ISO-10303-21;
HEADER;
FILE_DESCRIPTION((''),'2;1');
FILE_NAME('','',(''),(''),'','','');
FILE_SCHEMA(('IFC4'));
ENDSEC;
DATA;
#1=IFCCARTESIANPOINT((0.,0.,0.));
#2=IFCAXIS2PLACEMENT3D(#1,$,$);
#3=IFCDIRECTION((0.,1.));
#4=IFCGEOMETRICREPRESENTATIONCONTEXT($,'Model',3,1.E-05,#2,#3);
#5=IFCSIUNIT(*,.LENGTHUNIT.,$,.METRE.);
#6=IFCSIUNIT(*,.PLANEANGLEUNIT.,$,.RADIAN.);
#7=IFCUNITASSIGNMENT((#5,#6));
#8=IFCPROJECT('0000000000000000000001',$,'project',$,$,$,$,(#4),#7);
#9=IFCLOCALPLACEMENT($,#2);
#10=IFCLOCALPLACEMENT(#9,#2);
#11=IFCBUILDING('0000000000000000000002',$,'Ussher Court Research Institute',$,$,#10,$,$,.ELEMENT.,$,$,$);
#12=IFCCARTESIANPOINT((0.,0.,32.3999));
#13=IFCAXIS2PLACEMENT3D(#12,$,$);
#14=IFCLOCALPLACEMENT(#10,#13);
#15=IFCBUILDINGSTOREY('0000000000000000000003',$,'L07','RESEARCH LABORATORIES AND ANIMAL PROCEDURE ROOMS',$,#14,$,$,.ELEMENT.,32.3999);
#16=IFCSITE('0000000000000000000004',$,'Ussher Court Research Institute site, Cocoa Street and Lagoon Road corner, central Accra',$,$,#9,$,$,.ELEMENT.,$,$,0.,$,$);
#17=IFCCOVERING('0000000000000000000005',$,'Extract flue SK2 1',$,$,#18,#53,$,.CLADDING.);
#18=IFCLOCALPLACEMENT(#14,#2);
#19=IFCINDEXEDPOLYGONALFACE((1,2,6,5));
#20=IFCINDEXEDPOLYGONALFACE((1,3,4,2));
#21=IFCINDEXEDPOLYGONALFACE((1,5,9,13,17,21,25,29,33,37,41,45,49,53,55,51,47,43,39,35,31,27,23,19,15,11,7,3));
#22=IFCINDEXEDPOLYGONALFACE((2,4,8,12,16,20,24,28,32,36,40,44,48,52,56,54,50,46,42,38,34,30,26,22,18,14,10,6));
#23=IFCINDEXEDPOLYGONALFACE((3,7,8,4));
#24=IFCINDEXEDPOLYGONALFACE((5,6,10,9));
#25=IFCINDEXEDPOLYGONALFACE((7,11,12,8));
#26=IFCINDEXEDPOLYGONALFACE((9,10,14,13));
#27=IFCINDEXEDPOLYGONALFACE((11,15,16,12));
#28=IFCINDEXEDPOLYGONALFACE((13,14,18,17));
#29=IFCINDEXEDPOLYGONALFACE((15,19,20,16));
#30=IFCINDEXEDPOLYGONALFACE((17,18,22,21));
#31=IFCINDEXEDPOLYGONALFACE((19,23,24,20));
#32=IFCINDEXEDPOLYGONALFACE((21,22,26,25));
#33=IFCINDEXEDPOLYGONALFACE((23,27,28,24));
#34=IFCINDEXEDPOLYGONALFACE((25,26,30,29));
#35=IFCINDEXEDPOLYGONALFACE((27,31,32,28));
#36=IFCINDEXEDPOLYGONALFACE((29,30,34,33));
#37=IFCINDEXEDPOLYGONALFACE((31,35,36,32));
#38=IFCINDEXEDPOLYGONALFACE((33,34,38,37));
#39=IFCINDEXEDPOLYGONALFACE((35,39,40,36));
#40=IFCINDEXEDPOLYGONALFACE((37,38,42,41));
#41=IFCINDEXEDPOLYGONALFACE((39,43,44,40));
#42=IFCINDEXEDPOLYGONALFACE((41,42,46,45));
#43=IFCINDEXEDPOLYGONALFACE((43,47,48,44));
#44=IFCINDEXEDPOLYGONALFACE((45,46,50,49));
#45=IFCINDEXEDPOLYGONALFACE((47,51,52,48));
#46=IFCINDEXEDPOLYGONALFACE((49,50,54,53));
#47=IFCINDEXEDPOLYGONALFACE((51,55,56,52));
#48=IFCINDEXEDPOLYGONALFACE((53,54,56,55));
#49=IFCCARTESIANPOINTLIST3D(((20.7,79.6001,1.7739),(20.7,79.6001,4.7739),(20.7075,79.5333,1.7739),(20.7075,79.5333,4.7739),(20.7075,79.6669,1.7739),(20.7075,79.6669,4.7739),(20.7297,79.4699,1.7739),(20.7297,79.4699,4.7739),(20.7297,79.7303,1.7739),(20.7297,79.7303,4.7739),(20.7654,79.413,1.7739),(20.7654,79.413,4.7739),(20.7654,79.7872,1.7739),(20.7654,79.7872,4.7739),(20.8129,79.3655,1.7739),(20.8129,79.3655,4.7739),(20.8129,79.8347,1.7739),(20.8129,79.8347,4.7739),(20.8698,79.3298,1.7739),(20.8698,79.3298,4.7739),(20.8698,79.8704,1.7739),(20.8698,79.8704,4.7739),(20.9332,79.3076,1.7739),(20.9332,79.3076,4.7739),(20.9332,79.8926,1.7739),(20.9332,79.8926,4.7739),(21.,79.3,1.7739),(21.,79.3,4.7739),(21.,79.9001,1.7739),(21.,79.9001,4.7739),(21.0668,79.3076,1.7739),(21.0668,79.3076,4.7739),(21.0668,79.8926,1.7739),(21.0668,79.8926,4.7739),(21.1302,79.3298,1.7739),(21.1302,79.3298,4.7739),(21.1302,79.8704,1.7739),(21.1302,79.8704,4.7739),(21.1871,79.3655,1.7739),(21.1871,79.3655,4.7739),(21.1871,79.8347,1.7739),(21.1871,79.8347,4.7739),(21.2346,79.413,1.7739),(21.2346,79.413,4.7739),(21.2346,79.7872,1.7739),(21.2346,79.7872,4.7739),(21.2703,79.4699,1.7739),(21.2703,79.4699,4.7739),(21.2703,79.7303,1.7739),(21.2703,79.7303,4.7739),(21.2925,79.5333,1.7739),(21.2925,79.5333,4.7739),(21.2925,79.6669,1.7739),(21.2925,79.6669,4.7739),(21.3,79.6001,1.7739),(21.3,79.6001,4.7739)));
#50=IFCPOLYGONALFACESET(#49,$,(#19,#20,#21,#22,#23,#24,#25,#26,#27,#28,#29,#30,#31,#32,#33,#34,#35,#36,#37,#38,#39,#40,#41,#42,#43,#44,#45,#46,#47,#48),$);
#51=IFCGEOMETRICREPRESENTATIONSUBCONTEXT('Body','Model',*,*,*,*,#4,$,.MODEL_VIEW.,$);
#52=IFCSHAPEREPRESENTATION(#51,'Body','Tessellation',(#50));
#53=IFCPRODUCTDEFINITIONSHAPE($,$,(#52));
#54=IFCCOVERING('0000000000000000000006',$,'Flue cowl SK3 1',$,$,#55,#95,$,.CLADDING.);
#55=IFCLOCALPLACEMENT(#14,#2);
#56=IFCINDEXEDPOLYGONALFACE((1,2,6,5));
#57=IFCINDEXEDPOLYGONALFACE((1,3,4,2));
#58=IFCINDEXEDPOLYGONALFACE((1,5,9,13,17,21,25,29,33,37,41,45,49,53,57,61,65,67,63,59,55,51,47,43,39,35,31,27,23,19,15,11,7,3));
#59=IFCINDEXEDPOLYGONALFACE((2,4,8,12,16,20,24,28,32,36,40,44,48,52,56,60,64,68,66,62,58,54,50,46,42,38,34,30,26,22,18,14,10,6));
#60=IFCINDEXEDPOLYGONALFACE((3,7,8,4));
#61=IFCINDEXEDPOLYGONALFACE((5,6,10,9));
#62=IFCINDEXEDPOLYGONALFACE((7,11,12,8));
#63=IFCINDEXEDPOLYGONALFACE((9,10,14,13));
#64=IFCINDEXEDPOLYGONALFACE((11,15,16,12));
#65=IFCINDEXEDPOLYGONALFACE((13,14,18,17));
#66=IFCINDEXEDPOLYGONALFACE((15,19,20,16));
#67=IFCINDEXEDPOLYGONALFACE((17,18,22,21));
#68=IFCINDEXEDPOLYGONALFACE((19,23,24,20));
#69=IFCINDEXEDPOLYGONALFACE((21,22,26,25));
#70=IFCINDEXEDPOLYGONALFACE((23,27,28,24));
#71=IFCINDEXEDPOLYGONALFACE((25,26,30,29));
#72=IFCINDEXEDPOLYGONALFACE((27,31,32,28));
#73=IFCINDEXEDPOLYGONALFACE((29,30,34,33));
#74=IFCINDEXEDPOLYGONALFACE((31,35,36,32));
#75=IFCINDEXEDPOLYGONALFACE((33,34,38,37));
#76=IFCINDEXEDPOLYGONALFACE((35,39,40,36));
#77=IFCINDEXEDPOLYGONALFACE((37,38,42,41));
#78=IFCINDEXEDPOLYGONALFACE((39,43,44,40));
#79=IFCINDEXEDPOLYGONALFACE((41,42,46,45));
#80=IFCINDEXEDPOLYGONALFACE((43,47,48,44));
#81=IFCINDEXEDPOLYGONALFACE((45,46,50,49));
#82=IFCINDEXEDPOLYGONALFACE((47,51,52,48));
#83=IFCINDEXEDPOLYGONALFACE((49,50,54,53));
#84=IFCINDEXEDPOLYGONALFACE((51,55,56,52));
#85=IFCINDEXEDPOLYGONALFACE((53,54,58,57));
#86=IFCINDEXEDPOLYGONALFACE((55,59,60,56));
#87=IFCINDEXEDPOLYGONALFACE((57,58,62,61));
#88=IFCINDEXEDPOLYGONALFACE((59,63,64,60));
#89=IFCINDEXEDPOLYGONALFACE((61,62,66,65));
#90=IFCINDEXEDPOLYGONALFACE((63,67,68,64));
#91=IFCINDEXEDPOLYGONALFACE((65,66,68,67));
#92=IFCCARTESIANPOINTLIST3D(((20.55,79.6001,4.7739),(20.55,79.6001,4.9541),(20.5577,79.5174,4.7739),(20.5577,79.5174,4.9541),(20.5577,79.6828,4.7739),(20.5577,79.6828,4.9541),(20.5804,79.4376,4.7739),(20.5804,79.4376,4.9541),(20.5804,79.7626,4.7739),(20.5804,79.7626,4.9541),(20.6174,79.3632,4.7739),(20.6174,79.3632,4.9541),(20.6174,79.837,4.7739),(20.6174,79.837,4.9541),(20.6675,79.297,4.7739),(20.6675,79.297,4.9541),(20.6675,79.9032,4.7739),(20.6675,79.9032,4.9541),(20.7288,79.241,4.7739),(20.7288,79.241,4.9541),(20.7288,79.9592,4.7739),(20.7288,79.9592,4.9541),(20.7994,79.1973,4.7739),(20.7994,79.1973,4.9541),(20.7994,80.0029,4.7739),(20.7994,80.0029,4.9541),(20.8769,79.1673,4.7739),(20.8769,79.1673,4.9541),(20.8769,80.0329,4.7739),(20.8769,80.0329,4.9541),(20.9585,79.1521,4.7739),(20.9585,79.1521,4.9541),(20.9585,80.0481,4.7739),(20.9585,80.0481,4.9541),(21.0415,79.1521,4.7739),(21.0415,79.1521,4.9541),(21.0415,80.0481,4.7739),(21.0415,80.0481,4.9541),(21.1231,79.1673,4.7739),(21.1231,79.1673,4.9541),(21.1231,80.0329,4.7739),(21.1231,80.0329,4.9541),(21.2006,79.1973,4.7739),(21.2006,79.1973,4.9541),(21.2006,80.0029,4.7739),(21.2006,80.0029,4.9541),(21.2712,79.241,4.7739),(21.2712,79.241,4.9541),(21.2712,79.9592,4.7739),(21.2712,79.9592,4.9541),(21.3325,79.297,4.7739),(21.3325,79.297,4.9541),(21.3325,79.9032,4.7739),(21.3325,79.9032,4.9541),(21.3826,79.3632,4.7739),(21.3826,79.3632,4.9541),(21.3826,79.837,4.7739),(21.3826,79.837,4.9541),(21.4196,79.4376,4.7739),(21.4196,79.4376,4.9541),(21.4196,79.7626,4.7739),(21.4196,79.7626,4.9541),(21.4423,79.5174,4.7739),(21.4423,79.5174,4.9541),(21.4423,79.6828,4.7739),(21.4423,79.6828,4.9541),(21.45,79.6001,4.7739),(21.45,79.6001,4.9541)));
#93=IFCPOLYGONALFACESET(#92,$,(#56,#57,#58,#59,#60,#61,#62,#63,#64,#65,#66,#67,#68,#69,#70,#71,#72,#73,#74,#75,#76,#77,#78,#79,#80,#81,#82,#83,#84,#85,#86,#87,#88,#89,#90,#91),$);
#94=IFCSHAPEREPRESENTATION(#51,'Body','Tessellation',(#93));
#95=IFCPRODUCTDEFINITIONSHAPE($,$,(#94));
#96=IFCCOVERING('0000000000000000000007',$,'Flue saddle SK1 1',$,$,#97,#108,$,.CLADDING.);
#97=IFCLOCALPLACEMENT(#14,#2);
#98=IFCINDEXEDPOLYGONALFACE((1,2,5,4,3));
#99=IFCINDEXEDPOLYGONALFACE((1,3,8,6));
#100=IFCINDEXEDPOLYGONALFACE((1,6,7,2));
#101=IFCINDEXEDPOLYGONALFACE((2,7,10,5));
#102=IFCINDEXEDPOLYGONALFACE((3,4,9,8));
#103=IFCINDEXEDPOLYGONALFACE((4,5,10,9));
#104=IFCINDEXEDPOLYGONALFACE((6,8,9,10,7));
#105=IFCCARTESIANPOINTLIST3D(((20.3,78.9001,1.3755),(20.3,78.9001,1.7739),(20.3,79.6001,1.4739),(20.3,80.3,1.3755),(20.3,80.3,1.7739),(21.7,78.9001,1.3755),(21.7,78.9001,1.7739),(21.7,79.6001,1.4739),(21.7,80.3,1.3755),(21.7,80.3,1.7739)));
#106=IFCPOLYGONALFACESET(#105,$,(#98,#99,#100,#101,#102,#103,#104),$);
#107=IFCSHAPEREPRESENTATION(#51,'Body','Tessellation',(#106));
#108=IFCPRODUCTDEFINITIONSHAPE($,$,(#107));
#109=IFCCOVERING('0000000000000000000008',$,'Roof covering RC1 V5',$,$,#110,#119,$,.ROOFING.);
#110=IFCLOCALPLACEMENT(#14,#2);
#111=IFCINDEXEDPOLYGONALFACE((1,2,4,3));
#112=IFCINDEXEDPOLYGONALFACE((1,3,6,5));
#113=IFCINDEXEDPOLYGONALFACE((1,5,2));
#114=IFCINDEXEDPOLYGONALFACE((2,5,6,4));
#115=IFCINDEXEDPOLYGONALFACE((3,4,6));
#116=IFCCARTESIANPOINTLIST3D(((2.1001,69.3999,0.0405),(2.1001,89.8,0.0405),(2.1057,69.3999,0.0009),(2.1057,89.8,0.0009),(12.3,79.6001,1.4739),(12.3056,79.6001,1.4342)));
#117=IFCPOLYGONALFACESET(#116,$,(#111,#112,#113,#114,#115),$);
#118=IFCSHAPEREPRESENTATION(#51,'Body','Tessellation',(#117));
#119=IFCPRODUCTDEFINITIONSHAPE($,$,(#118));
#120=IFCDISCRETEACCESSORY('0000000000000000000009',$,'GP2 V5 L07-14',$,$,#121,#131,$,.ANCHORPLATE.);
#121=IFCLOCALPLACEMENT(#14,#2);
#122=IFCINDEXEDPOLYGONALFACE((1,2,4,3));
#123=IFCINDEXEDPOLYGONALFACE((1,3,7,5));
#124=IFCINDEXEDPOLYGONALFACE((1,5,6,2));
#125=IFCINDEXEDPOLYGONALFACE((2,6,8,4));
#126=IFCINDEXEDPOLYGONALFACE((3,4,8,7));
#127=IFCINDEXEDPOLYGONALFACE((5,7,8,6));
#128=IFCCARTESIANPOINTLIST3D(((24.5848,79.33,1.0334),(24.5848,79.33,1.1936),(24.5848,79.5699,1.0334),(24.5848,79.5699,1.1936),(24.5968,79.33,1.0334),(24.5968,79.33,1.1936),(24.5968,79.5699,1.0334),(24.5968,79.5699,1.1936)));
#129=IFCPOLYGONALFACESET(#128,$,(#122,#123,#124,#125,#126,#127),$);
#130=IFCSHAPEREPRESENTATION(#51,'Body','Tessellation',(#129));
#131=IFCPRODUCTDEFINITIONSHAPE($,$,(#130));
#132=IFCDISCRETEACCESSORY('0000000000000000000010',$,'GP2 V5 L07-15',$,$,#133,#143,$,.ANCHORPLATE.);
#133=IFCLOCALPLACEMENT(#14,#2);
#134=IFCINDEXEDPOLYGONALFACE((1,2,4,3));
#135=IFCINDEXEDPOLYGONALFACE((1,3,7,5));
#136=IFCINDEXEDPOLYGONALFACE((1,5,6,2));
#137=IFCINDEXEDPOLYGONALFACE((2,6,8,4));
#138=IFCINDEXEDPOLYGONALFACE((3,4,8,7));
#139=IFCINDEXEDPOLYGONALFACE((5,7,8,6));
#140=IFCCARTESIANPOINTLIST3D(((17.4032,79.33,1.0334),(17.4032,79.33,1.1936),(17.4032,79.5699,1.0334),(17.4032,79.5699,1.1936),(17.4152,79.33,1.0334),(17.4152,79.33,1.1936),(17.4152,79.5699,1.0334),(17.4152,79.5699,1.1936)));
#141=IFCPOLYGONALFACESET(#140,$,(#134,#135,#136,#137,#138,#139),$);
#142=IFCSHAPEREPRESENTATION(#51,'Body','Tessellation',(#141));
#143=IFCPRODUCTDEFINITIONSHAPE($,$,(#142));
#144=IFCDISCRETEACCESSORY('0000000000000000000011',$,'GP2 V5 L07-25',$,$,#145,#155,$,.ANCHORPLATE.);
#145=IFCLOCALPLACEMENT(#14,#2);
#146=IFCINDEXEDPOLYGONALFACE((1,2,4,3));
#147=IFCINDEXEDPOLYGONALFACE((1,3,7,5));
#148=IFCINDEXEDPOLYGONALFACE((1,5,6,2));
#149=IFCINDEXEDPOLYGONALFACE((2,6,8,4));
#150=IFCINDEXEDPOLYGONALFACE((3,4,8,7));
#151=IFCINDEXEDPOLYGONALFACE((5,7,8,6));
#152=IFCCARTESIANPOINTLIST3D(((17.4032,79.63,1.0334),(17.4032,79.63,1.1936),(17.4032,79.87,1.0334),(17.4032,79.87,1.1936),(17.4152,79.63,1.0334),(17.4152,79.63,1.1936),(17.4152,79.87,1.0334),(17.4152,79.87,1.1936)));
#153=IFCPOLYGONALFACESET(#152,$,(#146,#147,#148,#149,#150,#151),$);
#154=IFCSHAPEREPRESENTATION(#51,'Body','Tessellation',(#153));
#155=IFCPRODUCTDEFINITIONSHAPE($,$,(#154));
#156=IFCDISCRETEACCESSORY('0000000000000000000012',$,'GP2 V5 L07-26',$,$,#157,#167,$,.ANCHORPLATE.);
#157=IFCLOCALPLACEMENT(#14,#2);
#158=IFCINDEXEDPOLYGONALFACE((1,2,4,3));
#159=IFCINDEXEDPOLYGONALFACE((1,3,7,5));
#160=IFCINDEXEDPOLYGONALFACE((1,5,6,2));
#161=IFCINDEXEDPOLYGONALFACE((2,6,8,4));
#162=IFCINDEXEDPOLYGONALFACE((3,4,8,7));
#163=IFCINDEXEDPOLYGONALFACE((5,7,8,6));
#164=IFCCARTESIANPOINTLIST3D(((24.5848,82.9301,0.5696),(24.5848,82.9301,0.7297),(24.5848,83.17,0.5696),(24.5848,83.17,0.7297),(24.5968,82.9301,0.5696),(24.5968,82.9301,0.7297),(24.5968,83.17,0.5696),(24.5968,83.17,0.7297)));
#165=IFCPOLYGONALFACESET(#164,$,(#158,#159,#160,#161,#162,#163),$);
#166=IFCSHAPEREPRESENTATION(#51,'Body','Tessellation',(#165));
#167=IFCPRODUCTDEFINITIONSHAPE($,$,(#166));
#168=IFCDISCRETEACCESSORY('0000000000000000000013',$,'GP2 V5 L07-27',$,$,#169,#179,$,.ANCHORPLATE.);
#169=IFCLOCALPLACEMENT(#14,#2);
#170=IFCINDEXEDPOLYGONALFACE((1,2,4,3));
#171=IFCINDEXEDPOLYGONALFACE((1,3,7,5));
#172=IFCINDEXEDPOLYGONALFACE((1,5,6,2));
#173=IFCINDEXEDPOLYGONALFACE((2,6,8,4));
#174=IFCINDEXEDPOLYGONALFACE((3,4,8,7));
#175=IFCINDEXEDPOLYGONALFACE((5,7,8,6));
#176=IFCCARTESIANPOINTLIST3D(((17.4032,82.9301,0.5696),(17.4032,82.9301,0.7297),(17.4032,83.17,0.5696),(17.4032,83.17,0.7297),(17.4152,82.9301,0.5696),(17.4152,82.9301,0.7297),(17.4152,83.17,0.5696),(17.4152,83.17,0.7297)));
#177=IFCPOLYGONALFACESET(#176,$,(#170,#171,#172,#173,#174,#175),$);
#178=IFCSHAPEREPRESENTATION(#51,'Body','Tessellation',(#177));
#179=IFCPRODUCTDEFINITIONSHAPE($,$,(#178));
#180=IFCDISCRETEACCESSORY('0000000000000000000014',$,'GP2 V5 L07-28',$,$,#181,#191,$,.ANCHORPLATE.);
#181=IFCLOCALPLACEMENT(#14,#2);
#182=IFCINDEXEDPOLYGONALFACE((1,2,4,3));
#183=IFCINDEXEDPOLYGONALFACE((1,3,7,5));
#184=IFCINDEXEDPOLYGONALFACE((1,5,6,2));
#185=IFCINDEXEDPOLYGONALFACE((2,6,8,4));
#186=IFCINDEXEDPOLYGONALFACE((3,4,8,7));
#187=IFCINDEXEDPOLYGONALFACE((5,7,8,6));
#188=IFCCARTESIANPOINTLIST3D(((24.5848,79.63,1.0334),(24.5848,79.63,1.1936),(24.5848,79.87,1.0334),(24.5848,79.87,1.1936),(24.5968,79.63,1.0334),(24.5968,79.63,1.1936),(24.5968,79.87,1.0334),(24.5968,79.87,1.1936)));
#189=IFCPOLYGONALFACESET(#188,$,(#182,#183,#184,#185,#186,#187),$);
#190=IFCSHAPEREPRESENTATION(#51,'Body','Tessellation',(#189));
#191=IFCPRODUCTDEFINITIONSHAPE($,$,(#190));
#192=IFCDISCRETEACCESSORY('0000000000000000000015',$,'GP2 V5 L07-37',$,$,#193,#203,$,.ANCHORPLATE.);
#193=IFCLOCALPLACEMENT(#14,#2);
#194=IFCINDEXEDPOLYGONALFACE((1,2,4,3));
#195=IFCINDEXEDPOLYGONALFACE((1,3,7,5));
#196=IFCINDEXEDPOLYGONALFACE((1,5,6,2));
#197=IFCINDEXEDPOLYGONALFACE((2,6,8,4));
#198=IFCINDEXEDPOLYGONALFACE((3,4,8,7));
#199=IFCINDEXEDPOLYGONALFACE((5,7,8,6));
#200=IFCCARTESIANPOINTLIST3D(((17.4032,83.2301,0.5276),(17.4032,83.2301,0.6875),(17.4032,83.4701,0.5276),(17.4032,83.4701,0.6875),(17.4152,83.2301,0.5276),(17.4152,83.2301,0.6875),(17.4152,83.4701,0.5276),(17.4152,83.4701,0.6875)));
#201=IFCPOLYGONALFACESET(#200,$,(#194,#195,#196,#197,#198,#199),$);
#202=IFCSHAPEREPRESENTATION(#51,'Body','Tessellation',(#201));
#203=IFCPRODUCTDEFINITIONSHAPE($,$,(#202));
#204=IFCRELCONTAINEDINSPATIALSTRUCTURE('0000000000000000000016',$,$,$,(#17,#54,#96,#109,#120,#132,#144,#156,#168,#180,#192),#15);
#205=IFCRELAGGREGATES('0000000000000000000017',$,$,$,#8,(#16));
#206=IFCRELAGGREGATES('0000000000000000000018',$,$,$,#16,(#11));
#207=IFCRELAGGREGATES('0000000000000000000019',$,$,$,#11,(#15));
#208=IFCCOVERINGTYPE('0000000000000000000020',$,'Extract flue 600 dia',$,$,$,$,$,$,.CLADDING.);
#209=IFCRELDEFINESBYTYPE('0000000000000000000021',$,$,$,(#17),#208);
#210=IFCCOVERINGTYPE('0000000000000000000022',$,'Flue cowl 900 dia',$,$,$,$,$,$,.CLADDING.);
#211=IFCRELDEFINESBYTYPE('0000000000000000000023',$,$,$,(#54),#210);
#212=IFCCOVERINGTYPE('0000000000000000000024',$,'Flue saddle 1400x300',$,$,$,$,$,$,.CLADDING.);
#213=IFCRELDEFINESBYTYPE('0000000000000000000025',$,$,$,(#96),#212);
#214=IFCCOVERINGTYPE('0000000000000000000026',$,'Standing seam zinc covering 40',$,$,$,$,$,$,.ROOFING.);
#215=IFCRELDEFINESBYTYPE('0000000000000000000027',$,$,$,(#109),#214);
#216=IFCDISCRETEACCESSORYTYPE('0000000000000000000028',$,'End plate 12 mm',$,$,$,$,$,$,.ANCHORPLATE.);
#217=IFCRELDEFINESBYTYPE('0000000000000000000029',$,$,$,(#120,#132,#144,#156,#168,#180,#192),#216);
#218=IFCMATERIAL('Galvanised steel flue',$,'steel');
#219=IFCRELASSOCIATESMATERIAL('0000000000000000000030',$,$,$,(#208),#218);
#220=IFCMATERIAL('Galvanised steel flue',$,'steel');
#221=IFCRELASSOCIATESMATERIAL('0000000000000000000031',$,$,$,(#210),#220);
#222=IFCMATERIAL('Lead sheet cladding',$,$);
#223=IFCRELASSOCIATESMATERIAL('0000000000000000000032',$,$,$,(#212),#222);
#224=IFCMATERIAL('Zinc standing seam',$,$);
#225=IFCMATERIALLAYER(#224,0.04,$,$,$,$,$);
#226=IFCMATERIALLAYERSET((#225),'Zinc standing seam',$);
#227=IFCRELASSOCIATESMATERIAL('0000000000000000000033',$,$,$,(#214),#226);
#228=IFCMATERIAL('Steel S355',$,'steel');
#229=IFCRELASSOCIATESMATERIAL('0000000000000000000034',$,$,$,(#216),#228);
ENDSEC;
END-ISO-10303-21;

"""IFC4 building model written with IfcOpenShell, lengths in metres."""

from ifc_helpers import new_model, si_unit, direction, frame, origin, origin_2d, place, context, subcontext, project, spatial, polyline, rectangle, circle, outline, extrude, material, layer, layer_set, material_profile, profile_set, type_object, element, save


model = new_model("IFC4")

# Units and contexts
model_context = context("Model", 3, precision=1e-05, world=origin(), true_north=direction((0.0, 1.0)))
body_context = subcontext(model_context, "Body", "Model", "MODEL_VIEW")
ifc_project = project(units=[si_unit("LENGTHUNIT", "METRE"), si_unit("PLANEANGLEUNIT", "RADIAN")], contexts=[model_context])

# Site, building, storey
site_placement = place(None, origin())
site = spatial("IfcSite", under=ifc_project, at=site_placement, Name="Ussher Court Research Institute site, Cocoa Street and Lagoon Road corner, central Accra", CompositionType="ELEMENT", RefElevation=0.0)
building_placement = place(site_placement, origin())
building = spatial("IfcBuilding", under=site, at=building_placement, Name="Ussher Court Research Institute", CompositionType="ELEMENT")
storey_placement = place(building_placement, frame((0.0, 0.0, 32.3999)))
storey = spatial("IfcBuildingStorey", under=building, at=storey_placement, Name="L07", Description="RESEARCH LABORATORIES AND ANIMAL PROCEDURE ROOMS", CompositionType="ELEMENT", Elevation=32.3999)

# Coverings
ifc_material_1 = material(Name="Galvanised steel flue", Category="steel")
ifc_material_profile_1 = material_profile(ifc_material_1, circle(Radius=0.3, at=origin_2d()), Name="Extract flue 600 dia")
ifc_profile_set_1 = profile_set([ifc_material_profile_1], Name="Galvanised steel flue")
covering_type_1 = type_object("IfcCoveringType", Name="Extract flue 600 dia", PredefinedType="CLADDING", material=ifc_profile_set_1)
covering_1_placement = place(storey_placement, frame((21.0, 79.6001, 1.7739), z_axis=(0.0, 0.0, 1.0), x_axis=(1.0, 0.0, 0.0)))
element("IfcCovering", 1, at=covering_1_placement, inside=storey, type_object=covering_type_1, Name="Extract flue SK2 1", PredefinedType="CLADDING", context=body_context, shape_type="SweptSolid", body=[
    extrude(circle(Radius=0.3, at=origin_2d()), origin(), (0.0, 0.0, 1.0), 3.0),
])
ifc_material_2 = material(Name="Galvanised steel flue", Category="steel")
ifc_material_profile_2 = material_profile(ifc_material_2, circle(Radius=0.45, at=origin_2d()), Name="Flue cowl 900 dia")
ifc_profile_set_2 = profile_set([ifc_material_profile_2], Name="Galvanised steel flue")
covering_type_2 = type_object("IfcCoveringType", Name="Flue cowl 900 dia", PredefinedType="CLADDING", material=ifc_profile_set_2)
covering_2_placement = place(storey_placement, frame((21.0, 79.6001, 4.7739), z_axis=(0.0, 0.0, 1.0), x_axis=(1.0, 0.0, 0.0)))
element("IfcCovering", 2, at=covering_2_placement, inside=storey, type_object=covering_type_2, Name="Flue cowl SK3 1", PredefinedType="CLADDING", context=body_context, shape_type="SweptSolid", body=[
    extrude(circle(Radius=0.45, at=origin_2d()), origin(), (0.0, 0.0, 1.0), 0.1802),
])
ifc_material_3 = material(Name="Lead sheet cladding")
covering_type_3 = type_object("IfcCoveringType", Name="Flue saddle 1400x300", PredefinedType="CLADDING", material=ifc_material_3)
covering_3_placement = place(storey_placement, frame((20.3, 79.6001, 1.4739), z_axis=(1.0, 0.0, 0.0), x_axis=(0.0, 1.0, 0.0)))
element("IfcCovering", 3, at=covering_3_placement, inside=storey, type_object=covering_type_3, Name="Flue saddle SK1 1", PredefinedType="CLADDING", context=body_context, shape_type="SweptSolid", body=[
    extrude(outline(polyline([(-0.7, -0.0984), (0.0, 0.0), (0.7, -0.0984), (0.7, 0.3), (-0.7, 0.3), (-0.7, -0.0984)])), origin(), (0.0, 0.0, 1.0), 1.3999),
])
ifc_material_4 = material(Name="Zinc standing seam")
ifc_layer_1 = layer(ifc_material_4, 0.04)
ifc_layer_set_1 = layer_set([ifc_layer_1], Name="Zinc standing seam")
covering_type_4 = type_object("IfcCoveringType", Name="Standing seam zinc covering 40", PredefinedType="ROOFING", material=ifc_layer_set_1)
covering_4_placement = place(storey_placement, frame((2.1001, 89.8, 0.0405), z_axis=(-0.139158, 0.0, 0.99027), x_axis=(0.0, -1.0, 0.0)))
element("IfcCovering", 4, at=covering_4_placement, inside=storey, type_object=covering_type_4, Name="Roof covering RC1 V5", PredefinedType="ROOFING", context=body_context, shape_type="SweptSolid", body=[
    extrude(outline(polyline([(0.0, 0.0), (20.4001, 0.0), (10.2, 10.3002), (0.0, 0.0)])), origin(), (0.0, 0.0, -1.0), 0.04),
])

# Discrete accessories
ifc_material_5 = material(Name="Steel S355", Category="steel")
ifc_material_profile_3 = material_profile(ifc_material_5, rectangle(XDim=0.012, YDim=0.24, at=origin_2d()), Name="PL 12x240")
ifc_profile_set_3 = profile_set([ifc_material_profile_3], Name="Steel S355")
discrete_accessory_type_1 = type_object("IfcDiscreteAccessoryType", Name="End plate 12 mm", PredefinedType="ANCHORPLATE", material=ifc_profile_set_3)
for number, where, z_axis, x_axis, name in (
    (5, (24.5908, 79.45, 1.0334), (0.0, 0.0, 1.0), (1.0, 0.0, 0.0), "GP2 V5 L07-14"),
    (6, (17.4092, 79.45, 1.0334), (0.0, 0.0, 1.0), (1.0, 0.0, 0.0), "GP2 V5 L07-15"),
    (7, (17.4092, 79.75, 1.0334), (0.0, 0.0, 1.0), (1.0, 0.0, 0.0), "GP2 V5 L07-25"),
    (8, (24.5908, 83.05, 0.5696), (0.0, 0.0, 1.0), (1.0, 0.0, 0.0), "GP2 V5 L07-26"),
    (9, (17.4092, 83.05, 0.5696), (0.0, 0.0, 1.0), (1.0, 0.0, 0.0), "GP2 V5 L07-27"),
    (10, (24.5908, 79.75, 1.0334), (0.0, 0.0, 1.0), (1.0, 0.0, 0.0), "GP2 V5 L07-28"),
):
    element("IfcDiscreteAccessory", number, at=place(storey_placement, frame(where, z_axis=z_axis, x_axis=x_axis)), inside=storey, type_object=discrete_accessory_type_1, Name=name, PredefinedType="ANCHORPLATE", context=body_context, shape_type="SweptSolid", body=[
        extrude(rectangle(XDim=0.012, YDim=0.24, at=origin_2d()), origin(), (0.0, 0.0, 1.0), 0.1602),
    ])
for number, where, z_axis, x_axis, name in (
    (11, (17.4092, 83.3501, 0.5276), (0.0, 0.0, 1.0), (1.0, 0.0, 0.0), "GP2 V5 L07-37"),
):
    element("IfcDiscreteAccessory", number, at=place(storey_placement, frame(where, z_axis=z_axis, x_axis=x_axis)), inside=storey, type_object=discrete_accessory_type_1, Name=name, PredefinedType="ANCHORPLATE", context=body_context, shape_type="SweptSolid", body=[
        extrude(rectangle(XDim=0.012, YDim=0.24, at=origin_2d()), origin(), (0.0, 0.0, 1.0), 0.1599),
    ])

save(model, "model.ifc")
